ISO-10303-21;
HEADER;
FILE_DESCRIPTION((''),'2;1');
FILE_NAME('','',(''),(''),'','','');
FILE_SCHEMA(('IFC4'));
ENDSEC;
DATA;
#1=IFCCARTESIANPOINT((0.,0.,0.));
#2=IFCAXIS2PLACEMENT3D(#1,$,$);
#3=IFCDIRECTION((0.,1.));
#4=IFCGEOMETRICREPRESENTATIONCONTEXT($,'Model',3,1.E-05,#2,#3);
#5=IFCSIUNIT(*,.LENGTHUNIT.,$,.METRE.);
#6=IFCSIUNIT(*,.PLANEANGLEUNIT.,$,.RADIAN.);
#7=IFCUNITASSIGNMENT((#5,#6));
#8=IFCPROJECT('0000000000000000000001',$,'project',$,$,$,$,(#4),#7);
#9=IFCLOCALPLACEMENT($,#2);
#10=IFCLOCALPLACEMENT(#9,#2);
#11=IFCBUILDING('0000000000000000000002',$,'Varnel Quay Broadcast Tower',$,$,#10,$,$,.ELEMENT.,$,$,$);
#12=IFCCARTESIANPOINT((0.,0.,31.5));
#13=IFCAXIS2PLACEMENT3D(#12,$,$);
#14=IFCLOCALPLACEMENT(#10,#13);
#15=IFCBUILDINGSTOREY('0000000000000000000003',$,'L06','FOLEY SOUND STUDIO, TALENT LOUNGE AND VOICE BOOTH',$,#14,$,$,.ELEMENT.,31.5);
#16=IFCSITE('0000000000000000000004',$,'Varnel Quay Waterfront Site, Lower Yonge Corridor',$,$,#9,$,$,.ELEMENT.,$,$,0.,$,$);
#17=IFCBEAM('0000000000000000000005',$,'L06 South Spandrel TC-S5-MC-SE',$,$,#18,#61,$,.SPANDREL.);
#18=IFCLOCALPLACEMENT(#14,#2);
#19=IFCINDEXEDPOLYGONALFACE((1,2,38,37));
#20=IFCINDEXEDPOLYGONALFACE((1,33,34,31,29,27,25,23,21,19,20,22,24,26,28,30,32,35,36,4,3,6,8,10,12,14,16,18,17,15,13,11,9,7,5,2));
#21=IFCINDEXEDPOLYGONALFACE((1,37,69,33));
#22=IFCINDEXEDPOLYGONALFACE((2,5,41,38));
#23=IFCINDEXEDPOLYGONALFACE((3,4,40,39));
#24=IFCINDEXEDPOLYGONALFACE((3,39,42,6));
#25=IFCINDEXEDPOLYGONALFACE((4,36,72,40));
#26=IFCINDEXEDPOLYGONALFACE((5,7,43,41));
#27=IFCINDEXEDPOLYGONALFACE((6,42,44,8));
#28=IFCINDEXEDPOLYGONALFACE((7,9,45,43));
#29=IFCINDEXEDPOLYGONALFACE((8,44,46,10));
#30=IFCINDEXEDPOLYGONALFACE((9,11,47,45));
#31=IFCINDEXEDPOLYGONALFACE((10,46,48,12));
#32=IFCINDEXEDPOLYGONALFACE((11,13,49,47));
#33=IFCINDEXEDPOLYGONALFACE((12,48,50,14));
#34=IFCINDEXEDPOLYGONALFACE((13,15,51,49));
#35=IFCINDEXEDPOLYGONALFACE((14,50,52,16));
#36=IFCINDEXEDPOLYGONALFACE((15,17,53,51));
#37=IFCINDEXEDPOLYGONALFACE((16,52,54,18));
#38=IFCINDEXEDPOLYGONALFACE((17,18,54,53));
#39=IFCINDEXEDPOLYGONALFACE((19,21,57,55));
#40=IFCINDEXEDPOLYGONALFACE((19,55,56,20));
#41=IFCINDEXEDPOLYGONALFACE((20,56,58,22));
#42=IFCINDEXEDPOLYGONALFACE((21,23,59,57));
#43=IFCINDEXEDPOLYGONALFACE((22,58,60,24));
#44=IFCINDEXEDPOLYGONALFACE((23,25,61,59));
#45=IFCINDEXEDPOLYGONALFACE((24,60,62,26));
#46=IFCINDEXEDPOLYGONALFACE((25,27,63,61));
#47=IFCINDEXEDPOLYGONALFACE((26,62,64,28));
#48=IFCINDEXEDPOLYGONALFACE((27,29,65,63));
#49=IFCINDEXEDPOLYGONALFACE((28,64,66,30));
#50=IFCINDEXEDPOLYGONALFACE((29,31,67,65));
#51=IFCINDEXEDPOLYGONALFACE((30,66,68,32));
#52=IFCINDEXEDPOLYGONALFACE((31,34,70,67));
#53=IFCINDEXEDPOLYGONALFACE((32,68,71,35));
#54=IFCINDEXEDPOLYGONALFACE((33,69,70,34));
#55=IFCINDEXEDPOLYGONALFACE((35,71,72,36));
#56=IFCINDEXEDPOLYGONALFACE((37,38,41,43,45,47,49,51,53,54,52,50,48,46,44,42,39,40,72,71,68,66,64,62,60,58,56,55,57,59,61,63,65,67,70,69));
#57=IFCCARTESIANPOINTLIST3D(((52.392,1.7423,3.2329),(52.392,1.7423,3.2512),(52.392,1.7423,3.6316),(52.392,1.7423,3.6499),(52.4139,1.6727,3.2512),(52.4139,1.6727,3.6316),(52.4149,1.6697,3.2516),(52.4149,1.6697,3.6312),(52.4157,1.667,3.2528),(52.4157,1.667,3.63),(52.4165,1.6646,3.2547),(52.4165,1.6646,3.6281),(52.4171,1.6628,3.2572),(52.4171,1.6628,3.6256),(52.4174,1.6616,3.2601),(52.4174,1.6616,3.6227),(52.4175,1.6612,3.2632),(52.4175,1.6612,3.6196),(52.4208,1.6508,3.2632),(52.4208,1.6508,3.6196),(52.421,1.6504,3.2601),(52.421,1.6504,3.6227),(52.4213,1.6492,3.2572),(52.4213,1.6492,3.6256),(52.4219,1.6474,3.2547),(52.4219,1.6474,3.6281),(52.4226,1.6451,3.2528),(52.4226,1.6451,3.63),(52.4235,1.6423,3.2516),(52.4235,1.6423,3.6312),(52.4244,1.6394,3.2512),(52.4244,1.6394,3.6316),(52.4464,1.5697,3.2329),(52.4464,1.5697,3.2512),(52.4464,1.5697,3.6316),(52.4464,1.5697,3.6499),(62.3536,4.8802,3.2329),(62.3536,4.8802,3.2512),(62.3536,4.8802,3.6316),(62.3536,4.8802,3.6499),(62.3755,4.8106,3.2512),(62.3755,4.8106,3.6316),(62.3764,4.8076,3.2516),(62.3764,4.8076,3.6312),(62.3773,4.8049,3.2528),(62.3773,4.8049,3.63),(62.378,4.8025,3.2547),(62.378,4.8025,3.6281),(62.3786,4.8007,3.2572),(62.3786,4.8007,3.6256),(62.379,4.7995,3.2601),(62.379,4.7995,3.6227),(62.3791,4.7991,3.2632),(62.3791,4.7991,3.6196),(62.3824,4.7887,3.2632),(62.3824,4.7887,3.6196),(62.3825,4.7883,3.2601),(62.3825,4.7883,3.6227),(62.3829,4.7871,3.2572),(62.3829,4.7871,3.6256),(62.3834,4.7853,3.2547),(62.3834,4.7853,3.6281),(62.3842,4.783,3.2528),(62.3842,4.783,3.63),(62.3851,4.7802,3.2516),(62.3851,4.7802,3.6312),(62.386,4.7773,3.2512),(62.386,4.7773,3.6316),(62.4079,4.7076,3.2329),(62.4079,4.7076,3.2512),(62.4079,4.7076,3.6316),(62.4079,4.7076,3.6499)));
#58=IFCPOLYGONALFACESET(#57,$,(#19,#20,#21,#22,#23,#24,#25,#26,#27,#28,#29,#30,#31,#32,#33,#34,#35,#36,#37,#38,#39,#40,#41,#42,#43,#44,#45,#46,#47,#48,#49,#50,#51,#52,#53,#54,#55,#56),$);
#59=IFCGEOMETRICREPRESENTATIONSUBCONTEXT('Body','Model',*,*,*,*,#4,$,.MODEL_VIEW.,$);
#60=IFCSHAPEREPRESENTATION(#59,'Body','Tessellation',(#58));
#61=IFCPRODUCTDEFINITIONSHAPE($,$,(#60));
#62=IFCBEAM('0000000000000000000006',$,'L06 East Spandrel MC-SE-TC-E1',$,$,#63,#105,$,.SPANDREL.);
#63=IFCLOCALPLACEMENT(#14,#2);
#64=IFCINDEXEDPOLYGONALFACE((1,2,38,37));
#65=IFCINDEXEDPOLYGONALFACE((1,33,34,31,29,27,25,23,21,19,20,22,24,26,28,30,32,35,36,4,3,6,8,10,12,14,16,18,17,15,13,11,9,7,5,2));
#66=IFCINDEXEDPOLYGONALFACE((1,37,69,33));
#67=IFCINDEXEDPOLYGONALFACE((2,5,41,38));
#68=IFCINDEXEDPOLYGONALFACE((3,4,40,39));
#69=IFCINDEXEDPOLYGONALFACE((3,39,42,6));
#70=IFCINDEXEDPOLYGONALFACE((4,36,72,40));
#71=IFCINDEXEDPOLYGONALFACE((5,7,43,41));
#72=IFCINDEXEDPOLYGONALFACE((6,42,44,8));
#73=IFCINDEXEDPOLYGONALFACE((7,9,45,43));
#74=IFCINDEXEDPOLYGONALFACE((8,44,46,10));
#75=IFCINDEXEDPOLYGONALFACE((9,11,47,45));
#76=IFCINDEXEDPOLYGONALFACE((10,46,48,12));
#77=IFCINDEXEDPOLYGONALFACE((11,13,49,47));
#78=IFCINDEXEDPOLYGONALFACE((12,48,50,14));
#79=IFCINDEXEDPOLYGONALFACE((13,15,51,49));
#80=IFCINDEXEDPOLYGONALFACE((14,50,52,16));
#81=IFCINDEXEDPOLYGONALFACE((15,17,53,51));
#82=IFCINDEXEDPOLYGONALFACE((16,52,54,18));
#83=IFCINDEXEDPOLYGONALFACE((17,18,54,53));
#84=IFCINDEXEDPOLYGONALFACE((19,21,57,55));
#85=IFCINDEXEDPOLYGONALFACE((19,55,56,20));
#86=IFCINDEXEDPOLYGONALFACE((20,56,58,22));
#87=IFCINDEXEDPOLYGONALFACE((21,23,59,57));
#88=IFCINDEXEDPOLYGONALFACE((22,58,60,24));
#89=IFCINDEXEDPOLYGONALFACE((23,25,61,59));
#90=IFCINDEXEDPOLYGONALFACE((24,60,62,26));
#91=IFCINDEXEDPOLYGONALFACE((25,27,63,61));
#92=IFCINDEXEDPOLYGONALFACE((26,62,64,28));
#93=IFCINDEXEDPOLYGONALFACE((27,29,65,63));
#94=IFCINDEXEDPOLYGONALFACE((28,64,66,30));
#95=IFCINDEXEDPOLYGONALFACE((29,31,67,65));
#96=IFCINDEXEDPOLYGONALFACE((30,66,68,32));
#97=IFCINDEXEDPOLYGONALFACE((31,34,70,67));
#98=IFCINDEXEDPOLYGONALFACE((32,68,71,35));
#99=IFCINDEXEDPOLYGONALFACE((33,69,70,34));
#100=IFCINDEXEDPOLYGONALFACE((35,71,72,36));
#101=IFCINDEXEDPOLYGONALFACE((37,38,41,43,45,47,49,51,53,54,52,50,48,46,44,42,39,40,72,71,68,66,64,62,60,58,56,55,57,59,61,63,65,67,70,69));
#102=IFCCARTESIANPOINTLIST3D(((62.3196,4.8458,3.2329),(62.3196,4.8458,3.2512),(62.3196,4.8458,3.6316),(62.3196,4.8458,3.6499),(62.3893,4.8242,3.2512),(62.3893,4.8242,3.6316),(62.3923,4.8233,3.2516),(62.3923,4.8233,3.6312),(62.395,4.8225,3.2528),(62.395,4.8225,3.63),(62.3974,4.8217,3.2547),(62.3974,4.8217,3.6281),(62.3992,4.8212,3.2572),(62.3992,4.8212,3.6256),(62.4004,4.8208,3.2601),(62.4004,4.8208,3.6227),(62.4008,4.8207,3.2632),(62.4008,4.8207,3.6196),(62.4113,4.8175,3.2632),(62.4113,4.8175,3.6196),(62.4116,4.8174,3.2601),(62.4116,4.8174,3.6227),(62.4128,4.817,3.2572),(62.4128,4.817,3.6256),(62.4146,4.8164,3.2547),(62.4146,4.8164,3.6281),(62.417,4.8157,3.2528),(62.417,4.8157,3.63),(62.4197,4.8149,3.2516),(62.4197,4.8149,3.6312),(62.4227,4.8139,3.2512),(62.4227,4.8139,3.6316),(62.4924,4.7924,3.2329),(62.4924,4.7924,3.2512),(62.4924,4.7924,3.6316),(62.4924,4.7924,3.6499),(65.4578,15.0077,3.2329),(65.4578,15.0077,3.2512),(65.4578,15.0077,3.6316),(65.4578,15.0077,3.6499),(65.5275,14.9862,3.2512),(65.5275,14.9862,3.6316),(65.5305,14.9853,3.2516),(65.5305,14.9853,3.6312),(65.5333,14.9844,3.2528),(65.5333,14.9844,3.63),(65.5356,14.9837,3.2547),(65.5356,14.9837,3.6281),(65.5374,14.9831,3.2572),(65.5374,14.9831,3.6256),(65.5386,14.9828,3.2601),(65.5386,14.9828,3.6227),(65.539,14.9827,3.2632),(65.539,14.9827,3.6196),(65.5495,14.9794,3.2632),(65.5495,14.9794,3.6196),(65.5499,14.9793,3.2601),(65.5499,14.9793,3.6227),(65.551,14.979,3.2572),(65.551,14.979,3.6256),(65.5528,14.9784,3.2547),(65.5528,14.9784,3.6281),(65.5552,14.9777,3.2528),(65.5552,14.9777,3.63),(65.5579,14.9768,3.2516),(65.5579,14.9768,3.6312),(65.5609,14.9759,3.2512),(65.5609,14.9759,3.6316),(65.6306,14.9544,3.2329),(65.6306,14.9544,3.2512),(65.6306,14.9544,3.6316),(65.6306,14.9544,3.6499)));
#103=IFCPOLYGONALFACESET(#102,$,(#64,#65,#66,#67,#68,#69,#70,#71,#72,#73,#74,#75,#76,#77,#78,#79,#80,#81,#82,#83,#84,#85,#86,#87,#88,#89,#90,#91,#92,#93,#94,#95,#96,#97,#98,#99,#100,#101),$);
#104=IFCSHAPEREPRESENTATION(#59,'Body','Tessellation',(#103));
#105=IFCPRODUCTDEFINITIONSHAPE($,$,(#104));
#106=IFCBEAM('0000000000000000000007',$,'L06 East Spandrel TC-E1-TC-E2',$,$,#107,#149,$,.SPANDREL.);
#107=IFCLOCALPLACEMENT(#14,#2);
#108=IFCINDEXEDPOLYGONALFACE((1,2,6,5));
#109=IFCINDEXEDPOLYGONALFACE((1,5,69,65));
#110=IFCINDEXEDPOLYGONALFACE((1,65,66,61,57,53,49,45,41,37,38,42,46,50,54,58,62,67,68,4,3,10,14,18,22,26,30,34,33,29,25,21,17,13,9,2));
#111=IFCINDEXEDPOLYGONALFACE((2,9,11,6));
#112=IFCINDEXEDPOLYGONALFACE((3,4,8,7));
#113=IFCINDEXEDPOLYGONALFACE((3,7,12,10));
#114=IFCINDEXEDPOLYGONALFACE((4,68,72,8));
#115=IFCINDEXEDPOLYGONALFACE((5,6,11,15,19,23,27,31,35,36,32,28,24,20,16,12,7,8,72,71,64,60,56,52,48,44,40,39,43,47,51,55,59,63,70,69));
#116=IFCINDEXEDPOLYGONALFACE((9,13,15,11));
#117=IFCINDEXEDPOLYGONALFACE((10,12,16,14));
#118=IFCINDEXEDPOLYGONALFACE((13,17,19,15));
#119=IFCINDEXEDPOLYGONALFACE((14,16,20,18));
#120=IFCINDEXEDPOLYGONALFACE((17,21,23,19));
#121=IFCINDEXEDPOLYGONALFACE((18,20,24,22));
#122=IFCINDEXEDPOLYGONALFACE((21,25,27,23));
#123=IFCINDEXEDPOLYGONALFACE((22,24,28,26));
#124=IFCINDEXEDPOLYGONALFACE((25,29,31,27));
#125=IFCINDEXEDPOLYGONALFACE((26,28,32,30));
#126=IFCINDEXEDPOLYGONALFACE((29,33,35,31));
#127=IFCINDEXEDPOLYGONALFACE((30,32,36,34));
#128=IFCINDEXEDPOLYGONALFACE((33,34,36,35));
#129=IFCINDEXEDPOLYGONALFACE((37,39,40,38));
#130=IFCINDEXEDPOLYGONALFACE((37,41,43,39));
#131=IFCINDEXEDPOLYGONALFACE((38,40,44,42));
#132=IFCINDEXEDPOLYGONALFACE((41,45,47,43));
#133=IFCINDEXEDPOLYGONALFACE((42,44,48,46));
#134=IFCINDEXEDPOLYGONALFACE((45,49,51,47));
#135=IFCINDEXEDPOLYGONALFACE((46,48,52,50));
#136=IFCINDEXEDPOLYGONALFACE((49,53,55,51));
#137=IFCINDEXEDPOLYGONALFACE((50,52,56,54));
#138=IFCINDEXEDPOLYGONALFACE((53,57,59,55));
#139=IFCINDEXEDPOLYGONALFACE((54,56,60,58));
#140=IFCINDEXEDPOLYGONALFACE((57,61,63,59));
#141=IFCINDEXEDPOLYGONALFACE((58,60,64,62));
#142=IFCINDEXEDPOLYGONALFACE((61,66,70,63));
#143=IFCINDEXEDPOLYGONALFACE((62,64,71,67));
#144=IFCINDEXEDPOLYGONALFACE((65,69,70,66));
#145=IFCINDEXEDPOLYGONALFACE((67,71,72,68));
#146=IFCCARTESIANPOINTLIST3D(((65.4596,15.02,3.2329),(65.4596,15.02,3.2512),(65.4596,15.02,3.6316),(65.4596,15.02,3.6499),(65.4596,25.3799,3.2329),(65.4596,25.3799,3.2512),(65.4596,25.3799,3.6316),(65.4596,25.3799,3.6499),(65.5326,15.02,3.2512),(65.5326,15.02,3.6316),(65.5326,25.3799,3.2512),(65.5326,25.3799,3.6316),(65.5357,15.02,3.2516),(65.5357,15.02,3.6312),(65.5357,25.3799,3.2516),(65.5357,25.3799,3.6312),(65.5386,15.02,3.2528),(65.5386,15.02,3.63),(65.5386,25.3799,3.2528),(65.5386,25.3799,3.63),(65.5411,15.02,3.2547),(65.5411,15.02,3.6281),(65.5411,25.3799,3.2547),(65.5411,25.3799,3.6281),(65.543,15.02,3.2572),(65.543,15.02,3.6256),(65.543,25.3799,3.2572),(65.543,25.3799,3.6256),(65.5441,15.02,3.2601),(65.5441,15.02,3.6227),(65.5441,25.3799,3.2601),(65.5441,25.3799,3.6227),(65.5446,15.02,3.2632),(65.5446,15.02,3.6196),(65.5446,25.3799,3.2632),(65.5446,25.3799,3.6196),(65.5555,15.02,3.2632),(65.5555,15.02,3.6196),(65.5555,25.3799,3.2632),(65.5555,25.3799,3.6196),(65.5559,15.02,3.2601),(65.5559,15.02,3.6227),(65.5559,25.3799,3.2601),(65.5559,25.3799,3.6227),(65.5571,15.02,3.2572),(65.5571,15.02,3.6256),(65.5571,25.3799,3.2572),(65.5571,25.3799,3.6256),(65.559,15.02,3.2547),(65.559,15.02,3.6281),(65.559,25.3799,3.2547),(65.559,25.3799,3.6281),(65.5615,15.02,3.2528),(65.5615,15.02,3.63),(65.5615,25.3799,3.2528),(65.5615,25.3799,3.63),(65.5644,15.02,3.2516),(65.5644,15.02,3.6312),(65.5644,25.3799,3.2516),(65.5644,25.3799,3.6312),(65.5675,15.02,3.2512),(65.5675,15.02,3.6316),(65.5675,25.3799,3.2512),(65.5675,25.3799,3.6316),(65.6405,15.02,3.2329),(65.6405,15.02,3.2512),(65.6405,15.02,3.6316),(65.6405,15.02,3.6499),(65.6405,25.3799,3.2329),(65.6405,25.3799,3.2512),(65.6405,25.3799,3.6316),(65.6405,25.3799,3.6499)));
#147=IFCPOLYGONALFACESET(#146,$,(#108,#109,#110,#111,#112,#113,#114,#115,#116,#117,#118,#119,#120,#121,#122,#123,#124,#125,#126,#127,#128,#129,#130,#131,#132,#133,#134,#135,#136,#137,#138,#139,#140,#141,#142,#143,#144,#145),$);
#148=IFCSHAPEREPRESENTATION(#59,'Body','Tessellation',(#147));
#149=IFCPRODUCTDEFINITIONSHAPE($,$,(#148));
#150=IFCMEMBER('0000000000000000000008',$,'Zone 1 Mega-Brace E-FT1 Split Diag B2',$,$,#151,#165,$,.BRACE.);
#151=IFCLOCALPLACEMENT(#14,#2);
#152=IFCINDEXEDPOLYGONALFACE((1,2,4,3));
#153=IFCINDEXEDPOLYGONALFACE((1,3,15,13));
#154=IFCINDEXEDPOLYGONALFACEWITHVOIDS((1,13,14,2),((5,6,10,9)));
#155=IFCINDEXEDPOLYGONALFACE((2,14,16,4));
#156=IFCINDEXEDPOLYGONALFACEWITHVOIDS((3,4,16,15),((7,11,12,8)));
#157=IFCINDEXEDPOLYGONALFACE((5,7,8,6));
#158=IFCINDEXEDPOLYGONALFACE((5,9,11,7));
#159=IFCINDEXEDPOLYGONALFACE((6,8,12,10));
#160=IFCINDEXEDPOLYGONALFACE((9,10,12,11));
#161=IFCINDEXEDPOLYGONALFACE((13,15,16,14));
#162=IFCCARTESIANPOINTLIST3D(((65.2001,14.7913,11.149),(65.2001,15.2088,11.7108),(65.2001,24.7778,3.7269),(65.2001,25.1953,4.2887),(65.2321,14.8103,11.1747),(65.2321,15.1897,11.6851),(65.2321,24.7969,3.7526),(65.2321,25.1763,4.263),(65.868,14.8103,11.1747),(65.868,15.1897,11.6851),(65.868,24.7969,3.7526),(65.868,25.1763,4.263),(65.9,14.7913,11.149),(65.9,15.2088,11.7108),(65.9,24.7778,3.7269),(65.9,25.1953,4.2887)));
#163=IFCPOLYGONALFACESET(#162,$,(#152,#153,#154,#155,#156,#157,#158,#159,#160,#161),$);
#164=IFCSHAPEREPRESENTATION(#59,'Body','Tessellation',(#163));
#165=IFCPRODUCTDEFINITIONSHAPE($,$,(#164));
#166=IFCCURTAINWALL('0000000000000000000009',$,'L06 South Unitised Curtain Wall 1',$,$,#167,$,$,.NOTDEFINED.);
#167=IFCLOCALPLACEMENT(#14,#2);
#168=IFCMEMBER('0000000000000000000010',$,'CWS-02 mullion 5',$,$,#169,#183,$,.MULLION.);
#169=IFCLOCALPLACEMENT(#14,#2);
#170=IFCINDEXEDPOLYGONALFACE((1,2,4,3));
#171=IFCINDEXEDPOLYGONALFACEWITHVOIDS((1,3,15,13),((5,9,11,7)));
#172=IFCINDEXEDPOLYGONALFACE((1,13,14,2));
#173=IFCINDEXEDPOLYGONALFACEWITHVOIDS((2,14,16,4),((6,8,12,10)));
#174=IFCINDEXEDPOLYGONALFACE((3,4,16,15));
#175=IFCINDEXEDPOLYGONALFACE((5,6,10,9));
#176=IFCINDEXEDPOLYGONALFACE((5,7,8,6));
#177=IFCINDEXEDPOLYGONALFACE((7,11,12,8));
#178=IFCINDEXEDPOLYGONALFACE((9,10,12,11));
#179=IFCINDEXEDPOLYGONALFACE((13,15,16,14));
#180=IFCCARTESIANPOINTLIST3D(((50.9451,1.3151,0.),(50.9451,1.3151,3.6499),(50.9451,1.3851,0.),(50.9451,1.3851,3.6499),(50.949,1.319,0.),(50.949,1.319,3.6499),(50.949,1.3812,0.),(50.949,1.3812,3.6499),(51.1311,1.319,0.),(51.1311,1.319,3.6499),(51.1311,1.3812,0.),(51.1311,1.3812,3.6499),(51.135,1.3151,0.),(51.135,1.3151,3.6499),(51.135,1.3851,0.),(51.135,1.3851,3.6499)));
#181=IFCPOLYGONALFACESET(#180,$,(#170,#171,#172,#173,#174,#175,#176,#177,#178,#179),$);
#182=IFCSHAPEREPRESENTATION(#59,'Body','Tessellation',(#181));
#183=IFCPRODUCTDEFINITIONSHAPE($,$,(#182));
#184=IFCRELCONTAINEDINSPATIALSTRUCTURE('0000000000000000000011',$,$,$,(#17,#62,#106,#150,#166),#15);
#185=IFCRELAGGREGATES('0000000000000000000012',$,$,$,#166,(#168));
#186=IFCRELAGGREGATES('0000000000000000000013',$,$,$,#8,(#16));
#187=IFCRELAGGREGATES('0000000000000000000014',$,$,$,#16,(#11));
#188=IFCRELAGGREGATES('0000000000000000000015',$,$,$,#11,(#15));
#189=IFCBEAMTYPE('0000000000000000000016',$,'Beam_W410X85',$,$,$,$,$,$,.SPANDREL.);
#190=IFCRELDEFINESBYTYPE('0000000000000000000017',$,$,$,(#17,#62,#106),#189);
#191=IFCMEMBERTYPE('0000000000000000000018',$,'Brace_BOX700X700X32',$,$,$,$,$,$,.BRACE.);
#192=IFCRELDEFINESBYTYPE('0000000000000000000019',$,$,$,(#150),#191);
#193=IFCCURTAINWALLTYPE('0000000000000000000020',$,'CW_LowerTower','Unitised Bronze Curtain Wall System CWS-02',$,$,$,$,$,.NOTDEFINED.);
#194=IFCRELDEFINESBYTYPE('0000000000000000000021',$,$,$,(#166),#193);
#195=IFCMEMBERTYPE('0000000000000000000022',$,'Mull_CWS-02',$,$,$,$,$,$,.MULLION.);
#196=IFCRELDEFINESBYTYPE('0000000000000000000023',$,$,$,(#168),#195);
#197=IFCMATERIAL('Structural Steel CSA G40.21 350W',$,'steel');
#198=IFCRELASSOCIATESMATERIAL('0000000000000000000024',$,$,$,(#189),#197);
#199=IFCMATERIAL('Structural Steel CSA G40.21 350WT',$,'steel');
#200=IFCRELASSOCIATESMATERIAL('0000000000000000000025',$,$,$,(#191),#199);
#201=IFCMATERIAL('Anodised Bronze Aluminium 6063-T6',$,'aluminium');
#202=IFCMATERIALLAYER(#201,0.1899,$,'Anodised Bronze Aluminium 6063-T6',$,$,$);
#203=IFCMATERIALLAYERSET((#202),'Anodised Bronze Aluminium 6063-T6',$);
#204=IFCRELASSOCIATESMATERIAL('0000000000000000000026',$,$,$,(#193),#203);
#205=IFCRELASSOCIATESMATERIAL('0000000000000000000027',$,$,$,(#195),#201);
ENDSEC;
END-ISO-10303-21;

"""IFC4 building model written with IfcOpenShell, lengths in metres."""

from ifc_helpers import new_model, si_unit, direction, frame, origin, origin_2d, place, context, subcontext, project, spatial, hollow_rectangle, i_section, extrude, source, transform, mapped, material, layer, layer_set, material_profile, profile_set, type_object, type_shapes, element, aggregate, save


model = new_model("IFC4")

# Units and contexts
model_context = context("Model", 3, precision=1e-05, world=origin(), true_north=direction((0.0, 1.0)))
body_context = subcontext(model_context, "Body", "Model", "MODEL_VIEW")
ifc_project = project(units=[si_unit("LENGTHUNIT", "METRE"), si_unit("PLANEANGLEUNIT", "RADIAN")], contexts=[model_context])

# Site, building, storey
site_placement = place(None, origin())
site = spatial("IfcSite", under=ifc_project, at=site_placement, Name="Varnel Quay Waterfront Site, Lower Yonge Corridor", CompositionType="ELEMENT", RefElevation=0.0)
building_placement = place(site_placement, origin())
building = spatial("IfcBuilding", under=site, at=building_placement, Name="Varnel Quay Broadcast Tower", CompositionType="ELEMENT")
storey_placement = place(building_placement, frame((0.0, 0.0, 31.5)))
storey = spatial("IfcBuildingStorey", under=building, at=storey_placement, Name="L06", Description="FOLEY SOUND STUDIO, TALENT LOUNGE AND VOICE BOOTH", CompositionType="ELEMENT", Elevation=31.5)

# Shared definitions
ifc_material_1 = material(Name="Structural Steel CSA G40.21 350WT", Category="steel")
ifc_material_2 = material(Name="Structural Steel CSA G40.21 350W", Category="steel")

# Beams
ifc_material_profile_1 = material_profile(ifc_material_2, i_section(OverallWidth=0.1809, OverallDepth=0.417, WebThickness=0.011, FlangeThickness=0.0183, FilletRadius=0.012, at=origin_2d()), Name="W410X85")
ifc_profile_set_1 = profile_set([ifc_material_profile_1], Name="Structural Steel CSA G40.21 350W")
beam_type = type_object("IfcBeamType", Name="Beam_W410X85", PredefinedType="SPANDREL", material=ifc_profile_set_1)
shared_shape_1 = source(origin(), body_context, "Body", "SweptSolid", [
    extrude(i_section(OverallWidth=0.1809, OverallDepth=0.417, WebThickness=0.011, FlangeThickness=0.0183, FilletRadius=0.012, at=origin_2d()), origin(), (0.0, 0.0, 1.0), 10.4441),
])
beam_1_placement = place(storey_placement, frame((52.4192, 1.656, 3.4414), z_axis=(0.953798, 0.300448, 0.0), x_axis=(-0.300448, 0.953798, 0.0)))
element("IfcBeam", 1, at=beam_1_placement, inside=storey, type_object=beam_type, Name="L06 South Spandrel TC-S5-MC-SE", PredefinedType="SPANDREL", context=body_context, shape_type="MappedRepresentation", body=[
    mapped(shared_shape_1, transform((0.0, 0.0, 0.0), x_axis=(1.0, 0.0, 0.0), y_axis=(0.0, 1.0, 0.0), z_axis=(0.0, 0.0, 1.0), scale=1.0)),
])
shared_shape_2 = source(origin(), body_context, "Body", "SweptSolid", [
    extrude(i_section(OverallWidth=0.1809, OverallDepth=0.417, WebThickness=0.011, FlangeThickness=0.0183, FilletRadius=0.012, at=origin_2d()), origin(), (0.0, 0.0, 1.0), 10.6355),
])
beam_2_placement = place(storey_placement, frame((62.406, 4.8191, 3.4414), z_axis=(0.29507, 0.955476, 0.0), x_axis=(-0.955476, 0.29507, 0.0)))
element("IfcBeam", 2, at=beam_2_placement, inside=storey, type_object=beam_type, Name="L06 East Spandrel MC-SE-TC-E1", PredefinedType="SPANDREL", context=body_context, shape_type="MappedRepresentation", body=[
    mapped(shared_shape_2, transform((0.0, 0.0, 0.0), x_axis=(1.0, 0.0, 0.0), y_axis=(0.0, 1.0, 0.0), z_axis=(0.0, 0.0, 1.0), scale=1.0)),
])
shared_shape_3 = source(origin(), body_context, "Body", "SweptSolid", [
    extrude(i_section(OverallWidth=0.1809, OverallDepth=0.417, WebThickness=0.011, FlangeThickness=0.0183, FilletRadius=0.012, at=origin_2d()), origin(), (0.0, 0.0, 1.0), 10.3599),
])
type_shapes(beam_type, [shared_shape_1, shared_shape_2, shared_shape_3])
beam_3_placement = place(storey_placement, frame((65.55, 15.02, 3.4414), z_axis=(0.0, 1.0, 0.0), x_axis=(-1.0, 0.0, 0.0)))
element("IfcBeam", 3, at=beam_3_placement, inside=storey, type_object=beam_type, Name="L06 East Spandrel TC-E1-TC-E2", PredefinedType="SPANDREL", context=body_context, shape_type="MappedRepresentation", body=[
    mapped(shared_shape_3, transform((0.0, 0.0, 0.0), x_axis=(1.0, 0.0, 0.0), y_axis=(0.0, 1.0, 0.0), z_axis=(0.0, 0.0, 1.0), scale=1.0)),
])

# Member
ifc_material_profile_2 = material_profile(ifc_material_1, hollow_rectangle(XDim=0.7, YDim=0.7, WallThickness=0.032, at=origin_2d()), Name="BOX700X700X32")
ifc_profile_set_2 = profile_set([ifc_material_profile_2], Name="Structural Steel CSA G40.21 350WT")
member_type_1 = type_object("IfcMemberType", Name="Brace_BOX700X700X32", PredefinedType="BRACE", material=ifc_profile_set_2)
shared_shape_4 = source(origin(), body_context, "Body", "SweptSolid", [
    extrude(hollow_rectangle(XDim=0.7, YDim=0.7, WallThickness=0.032, at=origin_2d()), origin(), (0.0, 0.0, 1.0), 12.4426),
])
type_shapes(member_type_1, [shared_shape_4])
member_1_placement = place(storey_placement, frame((65.55, 24.9866, 4.0078), z_axis=(0.0, -0.802608, 0.596506), x_axis=(1.0, 0.0, 0.0)))
element("IfcMember", 4, at=member_1_placement, inside=storey, type_object=member_type_1, Name="Zone 1 Mega-Brace E-FT1 Split Diag B2", PredefinedType="BRACE", context=body_context, shape_type="MappedRepresentation", body=[
    mapped(shared_shape_4, transform((0.0, 0.0, 0.0), x_axis=(1.0, 0.0, 0.0), y_axis=(0.0, 1.0, 0.0), z_axis=(0.0, 0.0, 1.0), scale=1.0)),
])

# Curtain wall, member
ifc_material_3 = material(Name="Anodised Bronze Aluminium 6063-T6", Category="aluminium")
ifc_layer_1 = layer(ifc_material_3, 0.1899, Name="Anodised Bronze Aluminium 6063-T6")
ifc_layer_set_1 = layer_set([ifc_layer_1], Name="Anodised Bronze Aluminium 6063-T6")
curtain_wall_type_1 = type_object("IfcCurtainWallType", Name="CW_LowerTower", Description="Unitised Bronze Curtain Wall System CWS-02", PredefinedType="NOTDEFINED", material=ifc_layer_set_1)
curtain_wall_1_placement = place(storey_placement, origin())
curtain_wall_1 = element("IfcCurtainWall", 5, at=curtain_wall_1_placement, inside=storey, type_object=curtain_wall_type_1, Name="L06 South Unitised Curtain Wall 1", PredefinedType="NOTDEFINED")
ifc_material_profile_3 = material_profile(ifc_material_3, hollow_rectangle(XDim=0.0701, YDim=0.1899, WallThickness=0.0039, at=origin_2d()), Name="ALU70X190X4")
ifc_profile_set_3 = profile_set([ifc_material_profile_3], Name="Anodised Bronze Aluminium 6063-T6")
member_type_2 = type_object("IfcMemberType", Name="Mull_CWS-02", PredefinedType="MULLION", material=ifc_profile_set_3)
shared_shape_5 = source(origin(), body_context, "Body", "SweptSolid", [
    extrude(hollow_rectangle(XDim=0.0701, YDim=0.1899, WallThickness=0.0039, at=origin_2d()), origin(), (0.0, 0.0, 1.0), 3.6499),
])
type_shapes(member_type_2, [shared_shape_5])
member_2_placement = place(storey_placement, frame((51.04, 1.3501, 0.0), z_axis=(0.0, 0.0, 1.0), x_axis=(0.0, 1.0, 0.0)))
member_2 = element("IfcMember", 6, at=member_2_placement, type_object=member_type_2, Name="CWS-02 mullion 5", PredefinedType="MULLION", context=body_context, shape_type="MappedRepresentation", body=[
    mapped(shared_shape_5, transform((0.0, 0.0, 0.0), x_axis=(1.0, 0.0, 0.0), y_axis=(0.0, 1.0, 0.0), z_axis=(0.0, 0.0, 1.0), scale=1.0)),
])

aggregate(curtain_wall_1, [member_2])

save(model, "model.ifc")
